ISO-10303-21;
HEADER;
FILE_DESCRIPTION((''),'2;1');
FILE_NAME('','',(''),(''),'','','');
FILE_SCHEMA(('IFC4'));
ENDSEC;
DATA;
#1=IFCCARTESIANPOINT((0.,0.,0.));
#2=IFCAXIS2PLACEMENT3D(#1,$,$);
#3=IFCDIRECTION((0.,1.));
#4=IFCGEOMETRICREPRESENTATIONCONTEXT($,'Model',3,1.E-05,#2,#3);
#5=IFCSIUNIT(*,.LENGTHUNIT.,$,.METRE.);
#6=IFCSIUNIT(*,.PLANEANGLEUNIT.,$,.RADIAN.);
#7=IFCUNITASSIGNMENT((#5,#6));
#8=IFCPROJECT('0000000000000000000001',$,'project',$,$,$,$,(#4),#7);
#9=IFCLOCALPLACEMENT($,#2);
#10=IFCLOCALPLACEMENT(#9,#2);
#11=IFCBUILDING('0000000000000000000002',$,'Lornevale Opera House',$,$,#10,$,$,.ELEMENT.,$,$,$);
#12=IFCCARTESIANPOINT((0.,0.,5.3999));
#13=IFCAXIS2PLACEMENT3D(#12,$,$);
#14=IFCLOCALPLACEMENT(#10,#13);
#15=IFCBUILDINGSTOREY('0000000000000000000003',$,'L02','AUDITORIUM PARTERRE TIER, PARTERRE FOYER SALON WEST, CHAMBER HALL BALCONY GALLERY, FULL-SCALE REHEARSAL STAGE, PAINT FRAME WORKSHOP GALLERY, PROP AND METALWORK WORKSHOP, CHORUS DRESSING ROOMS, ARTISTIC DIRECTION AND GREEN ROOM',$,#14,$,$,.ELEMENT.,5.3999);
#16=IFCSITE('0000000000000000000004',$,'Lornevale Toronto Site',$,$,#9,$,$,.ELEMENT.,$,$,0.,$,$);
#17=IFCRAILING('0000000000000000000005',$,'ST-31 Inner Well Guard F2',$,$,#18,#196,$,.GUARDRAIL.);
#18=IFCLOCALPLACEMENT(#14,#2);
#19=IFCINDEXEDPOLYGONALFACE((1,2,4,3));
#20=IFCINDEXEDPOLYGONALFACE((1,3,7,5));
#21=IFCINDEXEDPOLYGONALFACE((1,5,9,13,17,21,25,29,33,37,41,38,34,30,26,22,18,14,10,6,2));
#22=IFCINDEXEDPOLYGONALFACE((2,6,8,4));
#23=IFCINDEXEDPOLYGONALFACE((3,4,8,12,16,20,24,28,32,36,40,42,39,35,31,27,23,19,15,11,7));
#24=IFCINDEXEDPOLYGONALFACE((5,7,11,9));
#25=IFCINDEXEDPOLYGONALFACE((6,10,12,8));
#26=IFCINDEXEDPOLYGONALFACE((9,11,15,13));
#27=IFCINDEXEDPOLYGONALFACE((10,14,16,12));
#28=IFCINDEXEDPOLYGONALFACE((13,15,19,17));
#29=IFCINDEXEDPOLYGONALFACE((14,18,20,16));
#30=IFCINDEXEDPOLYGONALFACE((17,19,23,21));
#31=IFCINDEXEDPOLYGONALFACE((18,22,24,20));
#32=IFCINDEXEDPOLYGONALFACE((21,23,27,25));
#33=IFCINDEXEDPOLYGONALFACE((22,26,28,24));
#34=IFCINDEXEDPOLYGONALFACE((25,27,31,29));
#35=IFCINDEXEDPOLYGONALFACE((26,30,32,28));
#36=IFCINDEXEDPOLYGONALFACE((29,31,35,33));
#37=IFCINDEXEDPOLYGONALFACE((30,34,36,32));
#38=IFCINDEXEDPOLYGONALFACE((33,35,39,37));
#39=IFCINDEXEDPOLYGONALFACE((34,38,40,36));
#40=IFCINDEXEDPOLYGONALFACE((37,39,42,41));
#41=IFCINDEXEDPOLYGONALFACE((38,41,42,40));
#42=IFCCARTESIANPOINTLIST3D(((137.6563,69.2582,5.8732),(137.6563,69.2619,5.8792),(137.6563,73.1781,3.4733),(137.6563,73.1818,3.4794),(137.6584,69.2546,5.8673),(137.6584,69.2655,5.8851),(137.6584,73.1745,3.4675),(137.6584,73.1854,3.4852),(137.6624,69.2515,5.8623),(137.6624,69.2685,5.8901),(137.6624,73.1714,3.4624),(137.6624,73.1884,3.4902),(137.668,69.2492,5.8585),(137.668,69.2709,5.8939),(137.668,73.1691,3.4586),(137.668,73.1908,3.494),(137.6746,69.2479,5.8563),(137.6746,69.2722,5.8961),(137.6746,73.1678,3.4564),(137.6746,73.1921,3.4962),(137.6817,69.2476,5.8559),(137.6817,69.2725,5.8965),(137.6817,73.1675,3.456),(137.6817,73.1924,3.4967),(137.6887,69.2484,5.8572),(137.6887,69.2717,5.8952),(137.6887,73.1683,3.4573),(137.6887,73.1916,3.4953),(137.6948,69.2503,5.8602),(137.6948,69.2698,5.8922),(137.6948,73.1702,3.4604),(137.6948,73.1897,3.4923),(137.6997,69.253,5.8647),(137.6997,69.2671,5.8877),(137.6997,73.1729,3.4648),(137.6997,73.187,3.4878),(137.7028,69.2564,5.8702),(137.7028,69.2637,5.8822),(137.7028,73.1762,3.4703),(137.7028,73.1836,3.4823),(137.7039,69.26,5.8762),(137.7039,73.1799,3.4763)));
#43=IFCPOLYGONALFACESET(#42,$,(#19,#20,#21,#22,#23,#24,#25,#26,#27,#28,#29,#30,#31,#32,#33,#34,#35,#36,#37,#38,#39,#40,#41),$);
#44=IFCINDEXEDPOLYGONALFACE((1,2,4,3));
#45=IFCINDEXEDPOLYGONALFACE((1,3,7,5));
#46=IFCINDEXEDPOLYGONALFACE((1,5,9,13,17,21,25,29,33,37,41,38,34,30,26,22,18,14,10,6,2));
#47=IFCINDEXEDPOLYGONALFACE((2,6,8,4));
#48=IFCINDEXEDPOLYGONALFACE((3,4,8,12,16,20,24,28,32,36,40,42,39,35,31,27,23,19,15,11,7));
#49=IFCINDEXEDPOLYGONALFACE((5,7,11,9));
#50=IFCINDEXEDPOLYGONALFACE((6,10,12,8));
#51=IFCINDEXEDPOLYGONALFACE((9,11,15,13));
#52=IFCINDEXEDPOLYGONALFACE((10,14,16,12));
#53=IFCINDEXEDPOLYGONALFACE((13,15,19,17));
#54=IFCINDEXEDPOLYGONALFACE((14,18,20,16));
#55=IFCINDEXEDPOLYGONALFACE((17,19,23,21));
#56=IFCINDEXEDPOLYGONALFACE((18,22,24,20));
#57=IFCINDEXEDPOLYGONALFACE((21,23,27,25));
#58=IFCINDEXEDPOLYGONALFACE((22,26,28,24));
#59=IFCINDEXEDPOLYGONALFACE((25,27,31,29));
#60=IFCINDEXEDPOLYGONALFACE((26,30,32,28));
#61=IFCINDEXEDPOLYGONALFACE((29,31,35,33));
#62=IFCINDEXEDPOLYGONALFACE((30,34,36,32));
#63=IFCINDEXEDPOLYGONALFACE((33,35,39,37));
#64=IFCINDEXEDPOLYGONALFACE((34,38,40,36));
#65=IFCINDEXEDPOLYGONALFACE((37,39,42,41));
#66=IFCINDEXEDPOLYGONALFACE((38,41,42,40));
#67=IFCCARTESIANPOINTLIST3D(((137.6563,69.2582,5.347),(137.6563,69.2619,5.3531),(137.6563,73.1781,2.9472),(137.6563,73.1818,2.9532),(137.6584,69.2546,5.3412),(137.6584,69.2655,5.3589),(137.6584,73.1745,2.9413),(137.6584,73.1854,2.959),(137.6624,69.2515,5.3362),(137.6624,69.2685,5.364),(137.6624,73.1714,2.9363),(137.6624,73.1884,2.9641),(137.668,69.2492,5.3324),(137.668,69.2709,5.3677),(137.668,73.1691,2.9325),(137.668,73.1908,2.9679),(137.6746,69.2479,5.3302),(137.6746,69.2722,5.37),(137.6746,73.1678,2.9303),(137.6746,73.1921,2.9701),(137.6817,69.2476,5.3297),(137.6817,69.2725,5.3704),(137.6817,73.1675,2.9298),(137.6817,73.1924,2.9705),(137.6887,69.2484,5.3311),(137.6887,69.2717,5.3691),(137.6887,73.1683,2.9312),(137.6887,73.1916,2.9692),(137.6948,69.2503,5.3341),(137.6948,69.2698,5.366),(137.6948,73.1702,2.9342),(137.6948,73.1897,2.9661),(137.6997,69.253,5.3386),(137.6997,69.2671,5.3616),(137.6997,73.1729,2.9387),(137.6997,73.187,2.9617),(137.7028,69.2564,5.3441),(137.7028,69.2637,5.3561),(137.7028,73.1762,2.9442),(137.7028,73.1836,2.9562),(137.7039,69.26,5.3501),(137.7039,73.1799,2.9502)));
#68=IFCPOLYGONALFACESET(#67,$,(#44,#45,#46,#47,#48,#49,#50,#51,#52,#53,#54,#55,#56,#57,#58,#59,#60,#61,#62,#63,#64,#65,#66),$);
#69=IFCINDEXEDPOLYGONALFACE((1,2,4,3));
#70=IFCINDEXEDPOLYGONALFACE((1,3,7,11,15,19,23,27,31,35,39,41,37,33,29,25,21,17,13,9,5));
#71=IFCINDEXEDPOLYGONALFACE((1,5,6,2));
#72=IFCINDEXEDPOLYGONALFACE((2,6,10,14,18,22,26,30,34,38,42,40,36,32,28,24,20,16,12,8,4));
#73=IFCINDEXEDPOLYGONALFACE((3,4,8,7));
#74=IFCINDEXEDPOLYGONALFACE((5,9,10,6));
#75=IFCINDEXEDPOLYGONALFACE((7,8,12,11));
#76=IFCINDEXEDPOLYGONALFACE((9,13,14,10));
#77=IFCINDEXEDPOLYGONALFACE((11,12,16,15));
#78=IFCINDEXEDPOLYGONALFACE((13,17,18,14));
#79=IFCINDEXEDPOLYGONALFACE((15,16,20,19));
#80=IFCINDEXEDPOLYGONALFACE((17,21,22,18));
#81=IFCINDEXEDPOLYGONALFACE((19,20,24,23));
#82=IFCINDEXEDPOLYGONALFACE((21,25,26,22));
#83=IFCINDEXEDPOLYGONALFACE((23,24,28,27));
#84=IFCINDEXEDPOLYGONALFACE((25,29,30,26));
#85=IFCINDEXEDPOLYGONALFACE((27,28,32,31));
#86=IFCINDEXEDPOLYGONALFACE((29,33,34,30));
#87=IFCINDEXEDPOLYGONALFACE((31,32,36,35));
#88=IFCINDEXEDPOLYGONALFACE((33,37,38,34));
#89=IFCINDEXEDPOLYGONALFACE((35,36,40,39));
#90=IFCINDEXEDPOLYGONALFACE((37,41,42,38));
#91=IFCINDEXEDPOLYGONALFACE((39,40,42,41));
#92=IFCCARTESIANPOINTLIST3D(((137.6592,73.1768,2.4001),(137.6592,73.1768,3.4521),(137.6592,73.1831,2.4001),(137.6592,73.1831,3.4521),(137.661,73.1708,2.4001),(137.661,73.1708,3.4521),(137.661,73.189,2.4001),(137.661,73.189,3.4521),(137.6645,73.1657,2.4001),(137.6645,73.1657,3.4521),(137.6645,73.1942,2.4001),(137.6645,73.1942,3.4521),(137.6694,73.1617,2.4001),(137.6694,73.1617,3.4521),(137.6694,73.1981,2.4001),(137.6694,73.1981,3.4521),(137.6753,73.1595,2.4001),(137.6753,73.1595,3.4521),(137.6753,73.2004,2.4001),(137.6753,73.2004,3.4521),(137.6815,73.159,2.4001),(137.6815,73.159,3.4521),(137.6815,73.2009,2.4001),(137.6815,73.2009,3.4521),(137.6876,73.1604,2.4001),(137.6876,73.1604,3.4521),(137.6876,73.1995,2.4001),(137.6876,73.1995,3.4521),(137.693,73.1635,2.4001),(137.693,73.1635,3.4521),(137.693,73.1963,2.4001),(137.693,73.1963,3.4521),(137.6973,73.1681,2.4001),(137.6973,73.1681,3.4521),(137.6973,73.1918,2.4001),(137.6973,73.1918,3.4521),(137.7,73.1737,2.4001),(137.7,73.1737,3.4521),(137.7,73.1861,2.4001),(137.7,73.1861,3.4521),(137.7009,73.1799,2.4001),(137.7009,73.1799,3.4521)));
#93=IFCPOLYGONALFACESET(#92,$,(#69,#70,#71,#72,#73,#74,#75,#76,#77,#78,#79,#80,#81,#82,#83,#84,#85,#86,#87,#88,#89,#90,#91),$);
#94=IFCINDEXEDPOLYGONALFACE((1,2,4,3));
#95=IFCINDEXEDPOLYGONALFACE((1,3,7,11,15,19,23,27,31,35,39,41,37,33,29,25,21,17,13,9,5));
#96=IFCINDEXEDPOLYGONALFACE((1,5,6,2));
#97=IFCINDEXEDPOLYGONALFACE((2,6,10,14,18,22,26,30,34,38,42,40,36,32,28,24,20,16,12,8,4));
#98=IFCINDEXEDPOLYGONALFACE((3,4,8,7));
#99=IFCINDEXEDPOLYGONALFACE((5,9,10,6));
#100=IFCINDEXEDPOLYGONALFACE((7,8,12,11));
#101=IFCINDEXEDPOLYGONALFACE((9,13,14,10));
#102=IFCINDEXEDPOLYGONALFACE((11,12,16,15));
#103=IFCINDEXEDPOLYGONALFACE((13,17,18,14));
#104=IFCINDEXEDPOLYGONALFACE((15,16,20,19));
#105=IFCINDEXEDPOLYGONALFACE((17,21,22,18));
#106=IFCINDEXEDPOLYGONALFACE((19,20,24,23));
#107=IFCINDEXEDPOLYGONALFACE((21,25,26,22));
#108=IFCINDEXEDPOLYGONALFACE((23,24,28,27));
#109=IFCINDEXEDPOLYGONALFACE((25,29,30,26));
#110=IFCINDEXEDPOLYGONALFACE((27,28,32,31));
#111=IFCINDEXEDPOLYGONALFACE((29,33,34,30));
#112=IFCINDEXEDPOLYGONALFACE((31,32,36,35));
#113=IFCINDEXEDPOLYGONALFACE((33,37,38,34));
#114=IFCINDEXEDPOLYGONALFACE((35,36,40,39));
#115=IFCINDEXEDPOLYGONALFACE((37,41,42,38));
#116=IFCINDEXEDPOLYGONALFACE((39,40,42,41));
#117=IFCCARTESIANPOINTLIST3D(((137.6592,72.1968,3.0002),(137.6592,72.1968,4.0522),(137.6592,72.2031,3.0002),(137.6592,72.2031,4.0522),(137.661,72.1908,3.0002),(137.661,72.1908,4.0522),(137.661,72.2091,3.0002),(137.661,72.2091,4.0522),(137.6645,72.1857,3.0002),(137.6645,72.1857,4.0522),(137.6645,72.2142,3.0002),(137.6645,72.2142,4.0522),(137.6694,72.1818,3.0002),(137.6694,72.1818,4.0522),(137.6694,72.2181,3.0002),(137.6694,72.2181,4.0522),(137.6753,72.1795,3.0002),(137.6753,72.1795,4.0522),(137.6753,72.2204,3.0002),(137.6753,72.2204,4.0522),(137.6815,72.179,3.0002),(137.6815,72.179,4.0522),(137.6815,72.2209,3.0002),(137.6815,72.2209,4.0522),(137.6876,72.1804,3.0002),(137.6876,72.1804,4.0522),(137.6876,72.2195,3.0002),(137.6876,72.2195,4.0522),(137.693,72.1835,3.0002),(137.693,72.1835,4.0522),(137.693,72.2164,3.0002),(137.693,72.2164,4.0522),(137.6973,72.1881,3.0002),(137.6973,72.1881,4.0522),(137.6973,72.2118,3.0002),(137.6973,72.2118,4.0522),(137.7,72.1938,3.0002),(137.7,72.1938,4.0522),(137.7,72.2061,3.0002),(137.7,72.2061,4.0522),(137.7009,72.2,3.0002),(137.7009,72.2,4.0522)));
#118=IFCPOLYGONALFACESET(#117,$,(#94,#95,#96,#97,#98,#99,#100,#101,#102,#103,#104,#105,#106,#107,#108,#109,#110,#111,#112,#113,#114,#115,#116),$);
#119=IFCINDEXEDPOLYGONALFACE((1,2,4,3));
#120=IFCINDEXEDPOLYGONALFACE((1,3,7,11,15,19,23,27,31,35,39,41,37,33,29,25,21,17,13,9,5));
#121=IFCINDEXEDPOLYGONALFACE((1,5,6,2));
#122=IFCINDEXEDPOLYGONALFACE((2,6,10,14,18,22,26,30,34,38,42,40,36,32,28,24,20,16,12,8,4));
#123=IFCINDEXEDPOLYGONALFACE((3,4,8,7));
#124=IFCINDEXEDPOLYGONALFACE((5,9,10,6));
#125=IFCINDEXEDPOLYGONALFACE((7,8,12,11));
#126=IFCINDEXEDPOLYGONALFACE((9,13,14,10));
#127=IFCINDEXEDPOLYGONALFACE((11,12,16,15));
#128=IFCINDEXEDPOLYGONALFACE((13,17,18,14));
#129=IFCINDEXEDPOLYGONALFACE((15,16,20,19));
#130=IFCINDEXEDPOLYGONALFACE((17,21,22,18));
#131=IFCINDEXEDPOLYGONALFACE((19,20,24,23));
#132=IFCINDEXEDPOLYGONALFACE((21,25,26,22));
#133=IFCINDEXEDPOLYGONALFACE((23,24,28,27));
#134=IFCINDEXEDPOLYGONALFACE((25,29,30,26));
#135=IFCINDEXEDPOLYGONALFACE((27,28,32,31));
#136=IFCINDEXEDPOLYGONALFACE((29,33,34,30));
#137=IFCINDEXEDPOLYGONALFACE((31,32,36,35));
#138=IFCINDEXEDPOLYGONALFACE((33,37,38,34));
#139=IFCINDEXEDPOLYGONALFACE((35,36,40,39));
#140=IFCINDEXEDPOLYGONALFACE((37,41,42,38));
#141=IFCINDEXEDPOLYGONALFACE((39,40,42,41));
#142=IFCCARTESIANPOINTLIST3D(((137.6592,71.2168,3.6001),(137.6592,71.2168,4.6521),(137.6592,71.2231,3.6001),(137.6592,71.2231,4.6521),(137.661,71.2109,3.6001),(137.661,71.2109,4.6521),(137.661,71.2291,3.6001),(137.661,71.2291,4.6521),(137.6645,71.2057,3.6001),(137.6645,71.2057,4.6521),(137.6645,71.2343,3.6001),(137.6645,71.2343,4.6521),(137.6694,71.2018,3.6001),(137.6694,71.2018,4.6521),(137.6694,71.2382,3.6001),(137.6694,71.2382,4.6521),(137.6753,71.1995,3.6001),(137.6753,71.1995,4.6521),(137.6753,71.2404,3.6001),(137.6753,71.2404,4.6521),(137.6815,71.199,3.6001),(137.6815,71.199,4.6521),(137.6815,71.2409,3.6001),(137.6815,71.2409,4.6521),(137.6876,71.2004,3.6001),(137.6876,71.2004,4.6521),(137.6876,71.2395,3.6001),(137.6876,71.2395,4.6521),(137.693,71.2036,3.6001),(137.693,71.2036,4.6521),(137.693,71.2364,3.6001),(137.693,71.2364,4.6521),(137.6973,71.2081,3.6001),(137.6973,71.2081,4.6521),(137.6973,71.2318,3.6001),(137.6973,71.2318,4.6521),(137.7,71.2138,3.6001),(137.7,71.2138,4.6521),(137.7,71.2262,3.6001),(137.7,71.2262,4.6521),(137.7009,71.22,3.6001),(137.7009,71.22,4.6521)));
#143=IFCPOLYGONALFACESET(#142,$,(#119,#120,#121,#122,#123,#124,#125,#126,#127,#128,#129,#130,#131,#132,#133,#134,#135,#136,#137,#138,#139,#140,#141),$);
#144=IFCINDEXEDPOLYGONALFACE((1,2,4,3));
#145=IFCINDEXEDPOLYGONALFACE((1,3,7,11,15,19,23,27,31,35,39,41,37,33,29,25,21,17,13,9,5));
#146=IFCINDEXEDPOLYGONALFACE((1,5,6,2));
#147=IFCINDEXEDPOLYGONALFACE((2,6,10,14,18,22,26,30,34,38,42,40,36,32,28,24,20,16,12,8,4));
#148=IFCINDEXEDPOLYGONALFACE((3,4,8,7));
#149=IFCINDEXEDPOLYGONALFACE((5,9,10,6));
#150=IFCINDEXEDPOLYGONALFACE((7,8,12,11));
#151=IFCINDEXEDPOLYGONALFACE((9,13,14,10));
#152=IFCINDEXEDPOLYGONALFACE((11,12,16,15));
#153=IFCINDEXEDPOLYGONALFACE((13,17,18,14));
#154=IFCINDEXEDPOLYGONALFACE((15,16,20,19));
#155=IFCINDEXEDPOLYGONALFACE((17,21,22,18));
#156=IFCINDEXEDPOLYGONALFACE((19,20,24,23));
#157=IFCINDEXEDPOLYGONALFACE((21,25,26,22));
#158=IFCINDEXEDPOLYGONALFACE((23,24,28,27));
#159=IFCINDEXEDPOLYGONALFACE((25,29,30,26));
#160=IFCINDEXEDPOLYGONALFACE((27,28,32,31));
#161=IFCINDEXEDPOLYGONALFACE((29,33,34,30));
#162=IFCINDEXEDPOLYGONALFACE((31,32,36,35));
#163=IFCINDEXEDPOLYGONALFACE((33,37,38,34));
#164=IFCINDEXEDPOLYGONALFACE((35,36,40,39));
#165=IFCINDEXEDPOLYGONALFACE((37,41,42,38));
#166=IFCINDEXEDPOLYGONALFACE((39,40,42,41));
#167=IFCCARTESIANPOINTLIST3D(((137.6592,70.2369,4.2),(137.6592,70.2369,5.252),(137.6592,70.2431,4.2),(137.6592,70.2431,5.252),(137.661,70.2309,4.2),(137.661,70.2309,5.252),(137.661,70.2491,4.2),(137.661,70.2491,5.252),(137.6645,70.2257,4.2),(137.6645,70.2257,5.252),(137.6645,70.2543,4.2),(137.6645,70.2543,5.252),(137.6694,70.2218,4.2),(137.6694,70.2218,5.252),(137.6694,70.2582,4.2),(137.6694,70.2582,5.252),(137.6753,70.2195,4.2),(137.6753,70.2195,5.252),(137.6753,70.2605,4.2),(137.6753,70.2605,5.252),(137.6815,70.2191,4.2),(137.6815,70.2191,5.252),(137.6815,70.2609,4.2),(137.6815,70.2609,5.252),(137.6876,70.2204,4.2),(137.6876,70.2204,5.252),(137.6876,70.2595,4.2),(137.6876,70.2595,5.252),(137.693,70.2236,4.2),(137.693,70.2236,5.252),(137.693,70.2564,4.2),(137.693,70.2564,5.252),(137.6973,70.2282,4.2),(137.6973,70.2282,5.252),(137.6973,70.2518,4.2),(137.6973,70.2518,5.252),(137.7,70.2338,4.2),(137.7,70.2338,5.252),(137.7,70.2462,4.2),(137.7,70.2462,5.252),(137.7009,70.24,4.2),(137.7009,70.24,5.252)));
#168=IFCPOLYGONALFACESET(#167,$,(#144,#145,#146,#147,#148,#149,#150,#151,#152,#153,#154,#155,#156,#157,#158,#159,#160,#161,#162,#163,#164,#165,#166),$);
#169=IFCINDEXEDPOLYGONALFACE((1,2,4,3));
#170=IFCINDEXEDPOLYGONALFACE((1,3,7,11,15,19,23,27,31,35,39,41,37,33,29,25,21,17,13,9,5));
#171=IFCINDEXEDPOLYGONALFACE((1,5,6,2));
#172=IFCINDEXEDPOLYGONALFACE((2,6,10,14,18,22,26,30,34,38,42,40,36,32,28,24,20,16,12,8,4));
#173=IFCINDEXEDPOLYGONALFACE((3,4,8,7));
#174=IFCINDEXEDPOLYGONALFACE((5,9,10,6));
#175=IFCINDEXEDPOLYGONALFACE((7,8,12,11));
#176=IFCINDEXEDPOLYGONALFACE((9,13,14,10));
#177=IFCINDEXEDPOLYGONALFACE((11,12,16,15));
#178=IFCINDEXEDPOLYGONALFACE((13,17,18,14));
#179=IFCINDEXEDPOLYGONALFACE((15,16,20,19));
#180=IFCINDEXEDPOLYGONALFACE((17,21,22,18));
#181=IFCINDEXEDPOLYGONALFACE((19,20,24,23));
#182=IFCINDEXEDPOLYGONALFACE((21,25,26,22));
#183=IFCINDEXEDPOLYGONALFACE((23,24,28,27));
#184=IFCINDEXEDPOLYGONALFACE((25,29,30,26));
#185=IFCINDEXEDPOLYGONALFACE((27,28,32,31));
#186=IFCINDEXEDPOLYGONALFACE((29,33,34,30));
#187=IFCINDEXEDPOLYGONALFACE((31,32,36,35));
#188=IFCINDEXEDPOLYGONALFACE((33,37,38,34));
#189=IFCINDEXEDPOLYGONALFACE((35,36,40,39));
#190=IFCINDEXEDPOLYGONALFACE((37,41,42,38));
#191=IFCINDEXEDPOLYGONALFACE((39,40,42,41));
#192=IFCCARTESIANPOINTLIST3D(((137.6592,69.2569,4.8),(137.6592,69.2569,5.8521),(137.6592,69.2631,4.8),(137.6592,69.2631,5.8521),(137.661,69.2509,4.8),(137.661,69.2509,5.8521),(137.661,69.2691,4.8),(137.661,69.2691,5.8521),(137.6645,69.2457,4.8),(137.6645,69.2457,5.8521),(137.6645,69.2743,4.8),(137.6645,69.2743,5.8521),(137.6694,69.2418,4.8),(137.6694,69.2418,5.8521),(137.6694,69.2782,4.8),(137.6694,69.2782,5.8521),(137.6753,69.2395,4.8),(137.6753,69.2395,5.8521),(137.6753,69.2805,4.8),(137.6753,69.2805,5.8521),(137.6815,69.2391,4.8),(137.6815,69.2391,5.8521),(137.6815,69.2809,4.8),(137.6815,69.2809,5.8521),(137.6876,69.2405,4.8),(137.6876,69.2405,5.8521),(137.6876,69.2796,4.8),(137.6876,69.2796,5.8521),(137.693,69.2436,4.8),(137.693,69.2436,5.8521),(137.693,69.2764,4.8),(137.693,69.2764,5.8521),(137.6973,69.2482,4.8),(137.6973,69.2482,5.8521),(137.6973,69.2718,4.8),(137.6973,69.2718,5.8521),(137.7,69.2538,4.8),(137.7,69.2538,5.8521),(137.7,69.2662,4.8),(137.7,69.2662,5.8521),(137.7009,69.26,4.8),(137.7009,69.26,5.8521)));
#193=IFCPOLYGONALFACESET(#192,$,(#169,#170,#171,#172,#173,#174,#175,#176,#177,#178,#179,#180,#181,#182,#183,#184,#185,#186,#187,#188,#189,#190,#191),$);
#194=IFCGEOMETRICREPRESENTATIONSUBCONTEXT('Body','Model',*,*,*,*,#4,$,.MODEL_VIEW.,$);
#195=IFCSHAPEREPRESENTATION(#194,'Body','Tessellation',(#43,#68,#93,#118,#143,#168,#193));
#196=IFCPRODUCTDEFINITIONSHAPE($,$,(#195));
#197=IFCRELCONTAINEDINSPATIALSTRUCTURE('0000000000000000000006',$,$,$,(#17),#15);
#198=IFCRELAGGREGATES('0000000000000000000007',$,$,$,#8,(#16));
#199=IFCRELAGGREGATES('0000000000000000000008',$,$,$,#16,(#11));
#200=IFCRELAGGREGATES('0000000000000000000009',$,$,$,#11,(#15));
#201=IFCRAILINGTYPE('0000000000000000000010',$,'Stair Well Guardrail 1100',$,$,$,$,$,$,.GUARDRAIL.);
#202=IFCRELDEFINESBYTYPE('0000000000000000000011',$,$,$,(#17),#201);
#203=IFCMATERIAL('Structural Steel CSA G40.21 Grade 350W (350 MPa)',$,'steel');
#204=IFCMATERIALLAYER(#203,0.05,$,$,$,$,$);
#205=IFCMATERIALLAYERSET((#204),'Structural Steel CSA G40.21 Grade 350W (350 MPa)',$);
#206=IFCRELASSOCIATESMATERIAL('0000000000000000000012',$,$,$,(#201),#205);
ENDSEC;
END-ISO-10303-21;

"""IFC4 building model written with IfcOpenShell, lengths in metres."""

from ifc_helpers import new_model, si_unit, direction, frame, origin, origin_2d, place, context, subcontext, project, spatial, circle, extrude, material, layer, layer_set, type_object, element, save


model = new_model("IFC4")

# Units and contexts
model_context = context("Model", 3, precision=1e-05, world=origin(), true_north=direction((0.0, 1.0)))
body_context = subcontext(model_context, "Body", "Model", "MODEL_VIEW")
ifc_project = project(units=[si_unit("LENGTHUNIT", "METRE"), si_unit("PLANEANGLEUNIT", "RADIAN")], contexts=[model_context])

# Site, building, storey
site_placement = place(None, origin())
site = spatial("IfcSite", under=ifc_project, at=site_placement, Name="Lornevale Toronto Site", CompositionType="ELEMENT", RefElevation=0.0)
building_placement = place(site_placement, origin())
building = spatial("IfcBuilding", under=site, at=building_placement, Name="Lornevale Opera House", CompositionType="ELEMENT")
storey_placement = place(building_placement, frame((0.0, 0.0, 5.3999)))
storey = spatial("IfcBuildingStorey", under=building, at=storey_placement, Name="L02", Description="AUDITORIUM PARTERRE TIER, PARTERRE FOYER SALON WEST, CHAMBER HALL BALCONY GALLERY, FULL-SCALE REHEARSAL STAGE, PAINT FRAME WORKSHOP GALLERY, PROP AND METALWORK WORKSHOP, CHORUS DRESSING ROOMS, ARTISTIC DIRECTION AND GREEN ROOM", CompositionType="ELEMENT", Elevation=5.3999)

# Shared definitions
ifc_material_1 = material(Name="Structural Steel CSA G40.21 Grade 350W (350 MPa)", Category="steel")

# Railing
ifc_layer_1 = layer(ifc_material_1, 0.05)
ifc_layer_set_1 = layer_set([ifc_layer_1], Name="Structural Steel CSA G40.21 Grade 350W (350 MPa)")
railing_type_1 = type_object("IfcRailingType", Name="Stair Well Guardrail 1100", PredefinedType="GUARDRAIL", material=ifc_layer_set_1)
railing_1_placement = place(storey_placement, frame((137.6799, 73.1799, 2.4001)))
element("IfcRailing", 1, at=railing_1_placement, inside=storey, type_object=railing_type_1, Name="ST-31 Inner Well Guard F2", PredefinedType="GUARDRAIL", context=body_context, shape_type="SweptSolid", body=[
    extrude(circle(Radius=0.0239, at=origin_2d()), frame((0.0, 0.0, 1.0762), z_axis=(0.0, -0.852856, 0.522146), x_axis=(1.0, 0.0, 0.0)), (0.0, 0.0, 1.0), 4.5962),
    extrude(circle(Radius=0.0239, at=origin_2d()), frame((0.0, 0.0, 0.55), z_axis=(0.0, -0.852856, 0.522146), x_axis=(1.0, 0.0, 0.0)), (0.0, 0.0, 1.0), 4.5962),
    extrude(circle(Radius=0.021, at=origin_2d()), origin(), (0.0, 0.0, 1.0), 1.052),
    extrude(circle(Radius=0.021, at=origin_2d()), frame((0.0, -0.98, 0.6001)), (0.0, 0.0, 1.0), 1.052),
    extrude(circle(Radius=0.021, at=origin_2d()), frame((0.0, -1.96, 1.2)), (0.0, 0.0, 1.0), 1.052),
    extrude(circle(Radius=0.021, at=origin_2d()), frame((0.0, -2.9399, 1.7998)), (0.0, 0.0, 1.0), 1.052),
    extrude(circle(Radius=0.021, at=origin_2d()), frame((0.0, -3.9199, 2.3999)), (0.0, 0.0, 1.0), 1.052),
])

save(model, "model.ifc")
